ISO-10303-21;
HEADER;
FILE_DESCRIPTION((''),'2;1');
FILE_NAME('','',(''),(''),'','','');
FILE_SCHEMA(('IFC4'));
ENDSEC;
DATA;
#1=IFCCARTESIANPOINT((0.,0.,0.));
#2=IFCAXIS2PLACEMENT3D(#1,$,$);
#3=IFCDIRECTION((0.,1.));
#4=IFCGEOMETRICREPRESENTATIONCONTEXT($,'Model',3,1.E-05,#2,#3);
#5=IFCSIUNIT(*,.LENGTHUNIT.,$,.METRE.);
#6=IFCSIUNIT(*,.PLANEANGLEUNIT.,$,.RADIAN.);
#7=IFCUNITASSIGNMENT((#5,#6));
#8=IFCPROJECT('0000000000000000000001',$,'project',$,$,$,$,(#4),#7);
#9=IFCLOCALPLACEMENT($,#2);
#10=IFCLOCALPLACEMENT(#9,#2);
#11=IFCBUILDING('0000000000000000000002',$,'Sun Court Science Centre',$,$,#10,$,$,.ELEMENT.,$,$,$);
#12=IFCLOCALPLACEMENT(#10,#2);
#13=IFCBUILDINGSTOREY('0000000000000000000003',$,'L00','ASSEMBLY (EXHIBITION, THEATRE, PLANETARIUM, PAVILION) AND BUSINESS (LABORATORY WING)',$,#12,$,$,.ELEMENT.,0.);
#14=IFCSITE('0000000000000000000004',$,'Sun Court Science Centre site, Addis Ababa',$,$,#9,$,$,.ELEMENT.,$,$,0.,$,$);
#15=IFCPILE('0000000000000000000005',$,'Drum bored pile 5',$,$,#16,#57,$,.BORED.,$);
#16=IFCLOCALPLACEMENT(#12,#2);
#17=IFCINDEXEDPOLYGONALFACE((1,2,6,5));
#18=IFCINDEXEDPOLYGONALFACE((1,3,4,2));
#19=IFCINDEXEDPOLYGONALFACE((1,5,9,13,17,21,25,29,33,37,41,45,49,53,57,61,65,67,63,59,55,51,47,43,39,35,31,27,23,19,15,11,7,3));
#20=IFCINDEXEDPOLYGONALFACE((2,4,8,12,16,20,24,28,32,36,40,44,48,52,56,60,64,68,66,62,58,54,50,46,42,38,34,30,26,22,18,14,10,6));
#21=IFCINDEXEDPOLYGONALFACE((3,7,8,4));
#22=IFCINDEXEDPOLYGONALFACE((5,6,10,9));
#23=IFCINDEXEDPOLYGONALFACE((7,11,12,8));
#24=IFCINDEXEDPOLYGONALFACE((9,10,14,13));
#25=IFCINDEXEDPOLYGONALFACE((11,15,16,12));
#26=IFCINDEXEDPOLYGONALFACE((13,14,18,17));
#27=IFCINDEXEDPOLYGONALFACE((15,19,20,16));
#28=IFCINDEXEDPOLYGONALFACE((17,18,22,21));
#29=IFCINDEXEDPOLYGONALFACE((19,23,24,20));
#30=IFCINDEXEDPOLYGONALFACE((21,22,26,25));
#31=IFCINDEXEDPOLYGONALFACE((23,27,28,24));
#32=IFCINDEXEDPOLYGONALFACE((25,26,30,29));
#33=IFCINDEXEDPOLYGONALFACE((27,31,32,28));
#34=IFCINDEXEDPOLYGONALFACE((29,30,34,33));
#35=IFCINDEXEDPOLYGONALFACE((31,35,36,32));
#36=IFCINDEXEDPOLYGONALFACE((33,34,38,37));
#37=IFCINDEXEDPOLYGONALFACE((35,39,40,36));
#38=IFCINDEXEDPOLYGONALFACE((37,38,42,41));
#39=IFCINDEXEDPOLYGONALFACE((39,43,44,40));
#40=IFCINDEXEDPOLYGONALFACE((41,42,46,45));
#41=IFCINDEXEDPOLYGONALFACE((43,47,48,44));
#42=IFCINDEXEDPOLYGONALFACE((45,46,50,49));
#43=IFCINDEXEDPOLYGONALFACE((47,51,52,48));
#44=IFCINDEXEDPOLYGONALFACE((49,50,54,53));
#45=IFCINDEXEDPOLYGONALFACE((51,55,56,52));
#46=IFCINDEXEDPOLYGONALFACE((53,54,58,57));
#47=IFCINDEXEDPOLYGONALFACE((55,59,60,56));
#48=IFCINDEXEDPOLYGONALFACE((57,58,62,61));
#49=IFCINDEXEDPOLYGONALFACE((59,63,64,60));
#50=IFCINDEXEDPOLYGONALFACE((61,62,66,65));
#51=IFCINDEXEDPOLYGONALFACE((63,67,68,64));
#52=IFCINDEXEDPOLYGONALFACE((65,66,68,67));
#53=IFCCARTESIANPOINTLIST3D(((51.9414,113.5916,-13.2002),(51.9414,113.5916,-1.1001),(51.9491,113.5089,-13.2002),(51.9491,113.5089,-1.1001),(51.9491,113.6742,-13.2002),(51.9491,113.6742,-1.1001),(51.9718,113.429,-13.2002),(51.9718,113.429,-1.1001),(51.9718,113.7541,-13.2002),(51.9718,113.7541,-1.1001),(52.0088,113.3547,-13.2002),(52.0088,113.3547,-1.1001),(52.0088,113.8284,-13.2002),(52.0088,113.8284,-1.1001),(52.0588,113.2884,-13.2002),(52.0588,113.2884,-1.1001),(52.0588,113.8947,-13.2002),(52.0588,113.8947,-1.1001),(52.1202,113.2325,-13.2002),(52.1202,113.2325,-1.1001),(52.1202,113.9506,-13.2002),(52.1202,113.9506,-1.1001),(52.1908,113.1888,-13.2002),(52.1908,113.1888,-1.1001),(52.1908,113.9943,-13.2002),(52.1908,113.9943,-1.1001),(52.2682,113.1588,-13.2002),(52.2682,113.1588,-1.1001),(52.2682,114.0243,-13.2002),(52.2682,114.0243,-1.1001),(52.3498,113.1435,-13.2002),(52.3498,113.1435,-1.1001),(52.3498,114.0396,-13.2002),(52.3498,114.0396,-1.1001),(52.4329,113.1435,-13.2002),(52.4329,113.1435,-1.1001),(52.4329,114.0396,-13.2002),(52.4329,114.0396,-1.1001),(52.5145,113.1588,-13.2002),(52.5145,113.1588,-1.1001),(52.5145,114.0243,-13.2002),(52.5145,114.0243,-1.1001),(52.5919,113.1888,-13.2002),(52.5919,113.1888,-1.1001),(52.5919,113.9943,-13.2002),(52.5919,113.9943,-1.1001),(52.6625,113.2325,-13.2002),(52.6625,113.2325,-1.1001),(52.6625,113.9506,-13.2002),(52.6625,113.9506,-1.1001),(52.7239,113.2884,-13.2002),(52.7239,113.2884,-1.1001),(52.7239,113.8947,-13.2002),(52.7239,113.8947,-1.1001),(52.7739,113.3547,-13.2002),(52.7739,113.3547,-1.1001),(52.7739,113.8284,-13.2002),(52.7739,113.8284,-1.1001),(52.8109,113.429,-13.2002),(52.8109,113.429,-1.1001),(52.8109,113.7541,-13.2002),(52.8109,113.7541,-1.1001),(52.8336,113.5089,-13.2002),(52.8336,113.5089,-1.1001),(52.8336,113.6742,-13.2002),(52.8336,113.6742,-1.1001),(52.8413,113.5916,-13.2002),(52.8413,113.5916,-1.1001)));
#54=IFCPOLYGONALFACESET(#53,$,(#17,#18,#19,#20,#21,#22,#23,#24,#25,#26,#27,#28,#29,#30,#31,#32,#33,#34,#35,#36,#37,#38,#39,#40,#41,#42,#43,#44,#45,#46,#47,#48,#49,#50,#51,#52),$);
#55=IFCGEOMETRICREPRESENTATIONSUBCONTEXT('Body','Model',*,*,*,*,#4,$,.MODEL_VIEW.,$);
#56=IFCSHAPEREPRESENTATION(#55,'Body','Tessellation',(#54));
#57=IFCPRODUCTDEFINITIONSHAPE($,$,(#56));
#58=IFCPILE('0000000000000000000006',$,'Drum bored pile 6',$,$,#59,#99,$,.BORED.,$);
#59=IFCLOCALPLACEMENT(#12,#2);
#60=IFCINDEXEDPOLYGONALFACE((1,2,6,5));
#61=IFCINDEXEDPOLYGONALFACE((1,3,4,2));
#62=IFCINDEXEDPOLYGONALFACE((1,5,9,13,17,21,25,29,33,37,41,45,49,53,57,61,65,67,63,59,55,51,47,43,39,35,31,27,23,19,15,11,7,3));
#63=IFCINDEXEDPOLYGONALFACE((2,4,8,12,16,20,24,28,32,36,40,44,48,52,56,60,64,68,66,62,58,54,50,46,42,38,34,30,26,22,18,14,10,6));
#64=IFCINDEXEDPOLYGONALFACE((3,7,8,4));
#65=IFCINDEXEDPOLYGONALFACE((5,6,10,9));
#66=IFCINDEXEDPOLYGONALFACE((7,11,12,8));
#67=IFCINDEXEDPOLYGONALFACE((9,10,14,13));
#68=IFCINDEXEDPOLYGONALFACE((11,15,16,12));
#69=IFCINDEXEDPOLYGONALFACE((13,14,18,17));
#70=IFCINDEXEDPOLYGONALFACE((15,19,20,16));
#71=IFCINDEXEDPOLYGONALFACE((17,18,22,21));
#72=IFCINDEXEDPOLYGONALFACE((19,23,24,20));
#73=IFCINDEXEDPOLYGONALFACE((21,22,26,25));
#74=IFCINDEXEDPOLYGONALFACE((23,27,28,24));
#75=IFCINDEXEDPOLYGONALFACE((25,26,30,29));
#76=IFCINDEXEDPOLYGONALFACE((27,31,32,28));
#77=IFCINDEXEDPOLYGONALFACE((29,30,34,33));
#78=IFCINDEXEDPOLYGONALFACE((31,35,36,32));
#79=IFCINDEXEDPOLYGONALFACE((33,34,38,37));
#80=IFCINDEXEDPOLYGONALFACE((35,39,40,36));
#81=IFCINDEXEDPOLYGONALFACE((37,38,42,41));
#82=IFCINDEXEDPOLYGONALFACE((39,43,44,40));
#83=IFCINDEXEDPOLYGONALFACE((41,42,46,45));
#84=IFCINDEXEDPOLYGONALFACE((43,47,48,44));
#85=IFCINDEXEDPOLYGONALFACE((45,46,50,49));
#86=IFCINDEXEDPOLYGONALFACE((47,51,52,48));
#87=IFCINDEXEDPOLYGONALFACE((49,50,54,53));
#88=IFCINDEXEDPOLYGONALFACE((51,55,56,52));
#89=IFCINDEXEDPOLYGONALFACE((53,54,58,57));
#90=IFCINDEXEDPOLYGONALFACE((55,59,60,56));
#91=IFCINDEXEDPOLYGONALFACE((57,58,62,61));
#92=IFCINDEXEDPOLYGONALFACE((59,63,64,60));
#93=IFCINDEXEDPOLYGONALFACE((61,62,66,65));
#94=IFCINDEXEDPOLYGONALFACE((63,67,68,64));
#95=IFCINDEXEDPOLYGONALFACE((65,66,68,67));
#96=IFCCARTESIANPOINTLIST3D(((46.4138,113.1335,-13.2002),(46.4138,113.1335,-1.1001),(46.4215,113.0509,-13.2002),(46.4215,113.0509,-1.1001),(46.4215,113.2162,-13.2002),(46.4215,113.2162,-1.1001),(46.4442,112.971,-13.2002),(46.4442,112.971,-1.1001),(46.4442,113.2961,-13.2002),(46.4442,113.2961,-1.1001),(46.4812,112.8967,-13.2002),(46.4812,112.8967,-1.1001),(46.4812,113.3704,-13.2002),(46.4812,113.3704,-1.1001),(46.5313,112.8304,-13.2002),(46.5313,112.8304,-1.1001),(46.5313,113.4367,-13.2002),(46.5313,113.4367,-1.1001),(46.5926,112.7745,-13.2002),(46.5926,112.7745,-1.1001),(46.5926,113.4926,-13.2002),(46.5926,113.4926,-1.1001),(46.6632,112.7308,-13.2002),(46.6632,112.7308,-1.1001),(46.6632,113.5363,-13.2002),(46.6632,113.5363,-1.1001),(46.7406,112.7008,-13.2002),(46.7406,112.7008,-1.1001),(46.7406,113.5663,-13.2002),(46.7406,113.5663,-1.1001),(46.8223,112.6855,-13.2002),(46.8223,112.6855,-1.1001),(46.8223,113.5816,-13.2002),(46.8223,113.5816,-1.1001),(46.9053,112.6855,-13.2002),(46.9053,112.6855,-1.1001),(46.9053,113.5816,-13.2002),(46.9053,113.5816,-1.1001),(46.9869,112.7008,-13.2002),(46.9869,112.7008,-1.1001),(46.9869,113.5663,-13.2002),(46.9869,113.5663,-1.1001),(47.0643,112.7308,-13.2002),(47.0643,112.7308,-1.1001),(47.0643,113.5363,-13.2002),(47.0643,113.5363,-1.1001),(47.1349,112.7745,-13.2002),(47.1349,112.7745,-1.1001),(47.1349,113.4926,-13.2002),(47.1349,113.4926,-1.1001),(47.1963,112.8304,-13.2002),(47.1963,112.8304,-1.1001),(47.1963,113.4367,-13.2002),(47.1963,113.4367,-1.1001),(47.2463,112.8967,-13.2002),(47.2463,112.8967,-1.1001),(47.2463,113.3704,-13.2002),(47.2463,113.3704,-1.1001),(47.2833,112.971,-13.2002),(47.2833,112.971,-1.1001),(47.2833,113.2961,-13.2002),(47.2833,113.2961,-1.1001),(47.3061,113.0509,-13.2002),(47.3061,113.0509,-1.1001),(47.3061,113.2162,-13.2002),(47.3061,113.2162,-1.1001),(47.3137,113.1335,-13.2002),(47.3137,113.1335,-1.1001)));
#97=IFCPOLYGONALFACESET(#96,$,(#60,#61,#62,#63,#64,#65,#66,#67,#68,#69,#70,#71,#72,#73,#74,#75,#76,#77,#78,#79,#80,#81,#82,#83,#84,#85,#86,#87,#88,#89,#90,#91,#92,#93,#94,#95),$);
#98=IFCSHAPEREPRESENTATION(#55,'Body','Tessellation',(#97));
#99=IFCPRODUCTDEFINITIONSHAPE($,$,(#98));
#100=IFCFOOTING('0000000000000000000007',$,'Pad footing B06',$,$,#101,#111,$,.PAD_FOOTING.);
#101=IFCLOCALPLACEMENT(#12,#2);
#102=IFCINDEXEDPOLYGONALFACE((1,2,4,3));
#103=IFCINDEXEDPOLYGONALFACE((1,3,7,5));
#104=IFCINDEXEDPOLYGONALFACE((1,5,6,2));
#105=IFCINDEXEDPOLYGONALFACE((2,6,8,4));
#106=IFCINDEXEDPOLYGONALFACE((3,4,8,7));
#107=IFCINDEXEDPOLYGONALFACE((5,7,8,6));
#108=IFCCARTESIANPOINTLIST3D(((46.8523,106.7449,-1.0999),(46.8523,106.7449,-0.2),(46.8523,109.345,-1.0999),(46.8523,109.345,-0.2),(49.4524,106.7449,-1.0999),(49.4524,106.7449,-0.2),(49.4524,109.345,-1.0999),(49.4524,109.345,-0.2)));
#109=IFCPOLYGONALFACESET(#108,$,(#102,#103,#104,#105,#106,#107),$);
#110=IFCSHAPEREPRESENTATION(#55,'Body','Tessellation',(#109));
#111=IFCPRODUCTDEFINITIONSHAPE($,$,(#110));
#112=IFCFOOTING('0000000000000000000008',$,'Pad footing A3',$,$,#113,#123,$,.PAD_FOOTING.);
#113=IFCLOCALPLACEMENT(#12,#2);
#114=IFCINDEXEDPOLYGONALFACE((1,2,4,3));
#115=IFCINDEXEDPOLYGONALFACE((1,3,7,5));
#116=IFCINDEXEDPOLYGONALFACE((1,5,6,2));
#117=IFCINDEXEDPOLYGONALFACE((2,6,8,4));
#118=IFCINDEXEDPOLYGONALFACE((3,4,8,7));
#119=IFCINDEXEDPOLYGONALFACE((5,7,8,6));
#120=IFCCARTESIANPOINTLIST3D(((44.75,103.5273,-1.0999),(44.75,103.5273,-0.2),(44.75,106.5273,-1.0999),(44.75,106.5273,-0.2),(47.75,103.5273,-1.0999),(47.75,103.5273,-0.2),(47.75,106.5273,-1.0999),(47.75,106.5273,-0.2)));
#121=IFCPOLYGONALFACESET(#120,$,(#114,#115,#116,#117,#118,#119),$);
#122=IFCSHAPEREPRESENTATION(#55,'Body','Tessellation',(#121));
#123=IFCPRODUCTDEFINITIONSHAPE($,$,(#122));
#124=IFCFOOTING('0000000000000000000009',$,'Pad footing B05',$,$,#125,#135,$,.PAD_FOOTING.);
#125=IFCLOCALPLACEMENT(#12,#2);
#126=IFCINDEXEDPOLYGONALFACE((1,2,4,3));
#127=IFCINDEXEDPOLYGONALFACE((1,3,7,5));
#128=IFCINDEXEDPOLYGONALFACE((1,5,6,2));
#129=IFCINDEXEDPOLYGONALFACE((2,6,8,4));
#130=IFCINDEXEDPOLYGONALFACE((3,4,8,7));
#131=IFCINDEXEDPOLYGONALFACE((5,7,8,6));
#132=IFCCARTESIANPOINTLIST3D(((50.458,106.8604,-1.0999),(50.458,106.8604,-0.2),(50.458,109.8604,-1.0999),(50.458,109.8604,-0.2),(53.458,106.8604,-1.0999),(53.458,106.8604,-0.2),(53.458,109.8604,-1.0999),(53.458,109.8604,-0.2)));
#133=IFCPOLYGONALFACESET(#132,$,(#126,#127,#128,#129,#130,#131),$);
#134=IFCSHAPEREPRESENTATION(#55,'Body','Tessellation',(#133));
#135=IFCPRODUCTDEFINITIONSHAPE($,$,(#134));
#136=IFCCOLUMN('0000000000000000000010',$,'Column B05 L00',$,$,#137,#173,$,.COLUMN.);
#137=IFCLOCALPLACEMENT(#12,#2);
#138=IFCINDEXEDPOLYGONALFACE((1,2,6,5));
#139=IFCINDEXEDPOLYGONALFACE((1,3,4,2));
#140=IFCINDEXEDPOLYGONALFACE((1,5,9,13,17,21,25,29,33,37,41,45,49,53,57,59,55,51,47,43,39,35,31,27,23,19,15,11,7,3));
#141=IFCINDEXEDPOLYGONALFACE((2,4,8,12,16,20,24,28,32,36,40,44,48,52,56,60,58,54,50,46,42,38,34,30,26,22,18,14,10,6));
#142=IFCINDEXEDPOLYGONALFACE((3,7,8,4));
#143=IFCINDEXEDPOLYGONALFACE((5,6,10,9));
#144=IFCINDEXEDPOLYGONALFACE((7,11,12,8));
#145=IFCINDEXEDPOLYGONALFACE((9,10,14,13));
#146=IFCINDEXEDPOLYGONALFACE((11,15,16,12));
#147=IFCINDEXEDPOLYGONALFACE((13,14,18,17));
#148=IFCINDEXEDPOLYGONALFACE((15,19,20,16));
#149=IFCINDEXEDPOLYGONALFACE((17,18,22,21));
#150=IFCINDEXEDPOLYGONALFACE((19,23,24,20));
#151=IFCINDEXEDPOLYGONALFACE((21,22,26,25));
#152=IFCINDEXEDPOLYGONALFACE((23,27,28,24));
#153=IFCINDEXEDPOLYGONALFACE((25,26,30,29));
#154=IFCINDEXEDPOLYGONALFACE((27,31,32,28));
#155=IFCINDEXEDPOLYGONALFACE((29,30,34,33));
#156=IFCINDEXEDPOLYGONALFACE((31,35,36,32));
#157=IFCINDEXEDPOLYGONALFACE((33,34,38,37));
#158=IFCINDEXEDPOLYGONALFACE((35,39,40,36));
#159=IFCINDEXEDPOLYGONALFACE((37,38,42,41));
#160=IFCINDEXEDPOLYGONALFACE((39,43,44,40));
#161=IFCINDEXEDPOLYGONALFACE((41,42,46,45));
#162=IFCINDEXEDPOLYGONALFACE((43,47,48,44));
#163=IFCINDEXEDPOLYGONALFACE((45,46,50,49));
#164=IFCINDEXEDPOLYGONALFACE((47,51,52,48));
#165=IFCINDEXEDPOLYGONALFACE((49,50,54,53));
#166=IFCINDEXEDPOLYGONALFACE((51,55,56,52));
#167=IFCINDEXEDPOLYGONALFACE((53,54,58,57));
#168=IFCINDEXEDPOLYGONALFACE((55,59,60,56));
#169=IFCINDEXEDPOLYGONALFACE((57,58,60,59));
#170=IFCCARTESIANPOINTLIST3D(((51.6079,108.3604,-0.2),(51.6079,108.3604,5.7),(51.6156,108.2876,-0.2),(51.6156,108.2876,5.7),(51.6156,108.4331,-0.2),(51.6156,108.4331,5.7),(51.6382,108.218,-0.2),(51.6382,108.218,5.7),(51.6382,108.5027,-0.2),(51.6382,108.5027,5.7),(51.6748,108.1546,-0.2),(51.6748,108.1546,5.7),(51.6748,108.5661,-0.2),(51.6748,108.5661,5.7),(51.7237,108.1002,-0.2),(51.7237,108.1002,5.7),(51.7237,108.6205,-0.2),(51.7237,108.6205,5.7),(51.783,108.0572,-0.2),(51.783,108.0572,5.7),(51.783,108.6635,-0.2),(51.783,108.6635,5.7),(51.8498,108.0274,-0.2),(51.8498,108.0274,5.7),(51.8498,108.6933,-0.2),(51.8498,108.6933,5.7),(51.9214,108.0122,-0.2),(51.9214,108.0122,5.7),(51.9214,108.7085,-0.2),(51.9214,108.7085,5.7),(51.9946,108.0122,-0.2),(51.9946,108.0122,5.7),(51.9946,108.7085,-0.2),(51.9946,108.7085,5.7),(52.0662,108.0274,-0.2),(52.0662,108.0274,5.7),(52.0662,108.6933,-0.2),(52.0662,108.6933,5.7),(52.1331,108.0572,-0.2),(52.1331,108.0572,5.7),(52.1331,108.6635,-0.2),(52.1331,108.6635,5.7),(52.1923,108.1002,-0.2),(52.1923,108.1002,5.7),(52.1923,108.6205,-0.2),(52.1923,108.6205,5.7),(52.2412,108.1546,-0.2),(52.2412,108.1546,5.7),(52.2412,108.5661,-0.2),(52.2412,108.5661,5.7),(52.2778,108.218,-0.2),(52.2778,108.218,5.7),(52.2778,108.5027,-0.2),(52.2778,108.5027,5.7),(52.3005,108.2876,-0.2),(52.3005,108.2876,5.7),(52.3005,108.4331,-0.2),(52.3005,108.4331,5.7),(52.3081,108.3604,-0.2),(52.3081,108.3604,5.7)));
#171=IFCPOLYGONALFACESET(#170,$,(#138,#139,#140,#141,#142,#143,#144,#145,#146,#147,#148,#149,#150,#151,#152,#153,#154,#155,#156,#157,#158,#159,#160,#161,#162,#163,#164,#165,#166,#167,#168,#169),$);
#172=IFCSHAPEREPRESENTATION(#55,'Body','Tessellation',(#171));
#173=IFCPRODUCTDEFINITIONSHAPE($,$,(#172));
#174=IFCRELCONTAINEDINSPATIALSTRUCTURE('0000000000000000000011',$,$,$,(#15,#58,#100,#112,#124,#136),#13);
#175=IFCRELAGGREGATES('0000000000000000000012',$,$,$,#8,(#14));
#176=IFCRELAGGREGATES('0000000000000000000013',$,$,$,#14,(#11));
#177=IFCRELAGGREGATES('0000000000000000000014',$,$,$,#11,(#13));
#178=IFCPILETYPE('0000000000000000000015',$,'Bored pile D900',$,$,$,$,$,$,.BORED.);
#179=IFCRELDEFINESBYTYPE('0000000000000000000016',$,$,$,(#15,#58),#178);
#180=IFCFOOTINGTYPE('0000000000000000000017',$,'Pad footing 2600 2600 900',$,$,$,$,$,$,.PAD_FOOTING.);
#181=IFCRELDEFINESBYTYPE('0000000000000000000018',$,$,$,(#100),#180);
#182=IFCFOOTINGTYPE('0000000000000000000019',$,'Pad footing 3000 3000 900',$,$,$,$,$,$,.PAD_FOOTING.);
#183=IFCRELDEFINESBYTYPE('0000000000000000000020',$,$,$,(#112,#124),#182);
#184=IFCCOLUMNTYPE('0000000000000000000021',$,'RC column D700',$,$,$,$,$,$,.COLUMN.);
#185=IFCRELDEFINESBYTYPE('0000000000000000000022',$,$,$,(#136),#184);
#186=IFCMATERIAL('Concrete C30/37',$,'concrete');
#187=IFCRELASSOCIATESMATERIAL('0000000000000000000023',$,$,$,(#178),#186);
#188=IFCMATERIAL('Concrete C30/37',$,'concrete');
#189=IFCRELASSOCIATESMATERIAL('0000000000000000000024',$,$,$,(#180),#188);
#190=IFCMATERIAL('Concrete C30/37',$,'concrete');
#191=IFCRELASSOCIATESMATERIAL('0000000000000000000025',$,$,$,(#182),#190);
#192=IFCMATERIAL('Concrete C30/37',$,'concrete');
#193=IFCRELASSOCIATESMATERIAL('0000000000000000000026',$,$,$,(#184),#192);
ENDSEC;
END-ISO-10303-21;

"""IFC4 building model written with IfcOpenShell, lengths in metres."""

from ifc_helpers import new_model, si_unit, direction, frame, origin, origin_2d, place, context, subcontext, project, spatial, rectangle, circle, extrude, material, material_profile, profile_set, type_object, element, save


model = new_model("IFC4")

# Units and contexts
model_context = context("Model", 3, precision=1e-05, world=origin(), true_north=direction((0.0, 1.0)))
body_context = subcontext(model_context, "Body", "Model", "MODEL_VIEW")
ifc_project = project(units=[si_unit("LENGTHUNIT", "METRE"), si_unit("PLANEANGLEUNIT", "RADIAN")], contexts=[model_context])

# Site, building, storey
site_placement = place(None, origin())
site = spatial("IfcSite", under=ifc_project, at=site_placement, Name="Sun Court Science Centre site, Addis Ababa", CompositionType="ELEMENT", RefElevation=0.0)
building_placement = place(site_placement, origin())
building = spatial("IfcBuilding", under=site, at=building_placement, Name="Sun Court Science Centre", CompositionType="ELEMENT")
storey_placement = place(building_placement, origin())
storey = spatial("IfcBuildingStorey", under=building, at=storey_placement, Name="L00", Description="ASSEMBLY (EXHIBITION, THEATRE, PLANETARIUM, PAVILION) AND BUSINESS (LABORATORY WING)", CompositionType="ELEMENT", Elevation=0.0)

# Piles
ifc_material_1 = material(Name="Concrete C30/37", Category="concrete")
ifc_material_profile_1 = material_profile(ifc_material_1, circle(Radius=0.45, at=origin_2d()), Name="RC D900")
ifc_profile_set_1 = profile_set([ifc_material_profile_1], Name="Concrete C30/37")
pile_type = type_object("IfcPileType", Name="Bored pile D900", PredefinedType="BORED", material=ifc_profile_set_1)
for number, where, z_axis, x_axis, name in (
    (1, (52.3914, 113.5916, -1.1001), (0.0, 0.0, -1.0), (1.0, 0.0, 0.0), "Drum bored pile 5"),
    (2, (46.8638, 113.1335, -1.1001), (0.0, 0.0, -1.0), (1.0, 0.0, 0.0), "Drum bored pile 6"),
):
    element("IfcPile", number, at=place(storey_placement, frame(where, z_axis=z_axis, x_axis=x_axis)), inside=storey, type_object=pile_type, Name=name, PredefinedType="BORED", context=body_context, shape_type="SweptSolid", body=[
        extrude(circle(Radius=0.45, at=origin_2d()), origin(), (0.0, 0.0, 1.0), 12.1001),
    ])

# Footings
ifc_material_2 = material(Name="Concrete C30/37", Category="concrete")
footing_type_1 = type_object("IfcFootingType", Name="Pad footing 2600 2600 900", PredefinedType="PAD_FOOTING", material=ifc_material_2)
footing_placement = place(storey_placement, frame((48.1523, 108.0449, -1.0999), z_axis=(0.0, 0.0, 1.0), x_axis=(1.0, 0.0, 0.0)))
element("IfcFooting", 3, at=footing_placement, inside=storey, type_object=footing_type_1, Name="Pad footing B06", PredefinedType="PAD_FOOTING", context=body_context, shape_type="SweptSolid", body=[
    extrude(rectangle(XDim=2.6001, YDim=2.6001, at=origin_2d()), origin(), (0.0, 0.0, 1.0), 0.8999),
])
ifc_material_3 = material(Name="Concrete C30/37", Category="concrete")
footing_type_2 = type_object("IfcFootingType", Name="Pad footing 3000 3000 900", PredefinedType="PAD_FOOTING", material=ifc_material_3)
for number, where, z_axis, x_axis, name in (
    (4, (46.25, 105.0273, -1.0999), (0.0, 0.0, 1.0), (1.0, 0.0, 0.0), "Pad footing A3"),
    (5, (51.958, 108.3604, -1.0999), (0.0, 0.0, 1.0), (1.0, 0.0, 0.0), "Pad footing B05"),
):
    element("IfcFooting", number, at=place(storey_placement, frame(where, z_axis=z_axis, x_axis=x_axis)), inside=storey, type_object=footing_type_2, Name=name, PredefinedType="PAD_FOOTING", context=body_context, shape_type="SweptSolid", body=[
        extrude(rectangle(XDim=3.0, YDim=3.0, at=origin_2d()), origin(), (0.0, 0.0, 1.0), 0.8999),
    ])

# Column
ifc_material_4 = material(Name="Concrete C30/37", Category="concrete")
ifc_material_profile_2 = material_profile(ifc_material_4, circle(Radius=0.3501, at=origin_2d()), Name="RC D700")
ifc_profile_set_2 = profile_set([ifc_material_profile_2], Name="Concrete C30/37")
column_type_1 = type_object("IfcColumnType", Name="RC column D700", PredefinedType="COLUMN", material=ifc_profile_set_2)
for number, where, z_axis, x_axis, name in (
    (6, (51.958, 108.3604, -0.2), (0.0, 0.0, 1.0), (1.0, 0.0, 0.0), "Column B05 L00"),
):
    element("IfcColumn", number, at=place(storey_placement, frame(where, z_axis=z_axis, x_axis=x_axis)), inside=storey, type_object=column_type_1, Name=name, PredefinedType="COLUMN", context=body_context, shape_type="SweptSolid", body=[
        extrude(circle(Radius=0.3501, at=origin_2d()), origin(), (0.0, 0.0, 1.0), 5.8999),
    ])

save(model, "model.ifc")
